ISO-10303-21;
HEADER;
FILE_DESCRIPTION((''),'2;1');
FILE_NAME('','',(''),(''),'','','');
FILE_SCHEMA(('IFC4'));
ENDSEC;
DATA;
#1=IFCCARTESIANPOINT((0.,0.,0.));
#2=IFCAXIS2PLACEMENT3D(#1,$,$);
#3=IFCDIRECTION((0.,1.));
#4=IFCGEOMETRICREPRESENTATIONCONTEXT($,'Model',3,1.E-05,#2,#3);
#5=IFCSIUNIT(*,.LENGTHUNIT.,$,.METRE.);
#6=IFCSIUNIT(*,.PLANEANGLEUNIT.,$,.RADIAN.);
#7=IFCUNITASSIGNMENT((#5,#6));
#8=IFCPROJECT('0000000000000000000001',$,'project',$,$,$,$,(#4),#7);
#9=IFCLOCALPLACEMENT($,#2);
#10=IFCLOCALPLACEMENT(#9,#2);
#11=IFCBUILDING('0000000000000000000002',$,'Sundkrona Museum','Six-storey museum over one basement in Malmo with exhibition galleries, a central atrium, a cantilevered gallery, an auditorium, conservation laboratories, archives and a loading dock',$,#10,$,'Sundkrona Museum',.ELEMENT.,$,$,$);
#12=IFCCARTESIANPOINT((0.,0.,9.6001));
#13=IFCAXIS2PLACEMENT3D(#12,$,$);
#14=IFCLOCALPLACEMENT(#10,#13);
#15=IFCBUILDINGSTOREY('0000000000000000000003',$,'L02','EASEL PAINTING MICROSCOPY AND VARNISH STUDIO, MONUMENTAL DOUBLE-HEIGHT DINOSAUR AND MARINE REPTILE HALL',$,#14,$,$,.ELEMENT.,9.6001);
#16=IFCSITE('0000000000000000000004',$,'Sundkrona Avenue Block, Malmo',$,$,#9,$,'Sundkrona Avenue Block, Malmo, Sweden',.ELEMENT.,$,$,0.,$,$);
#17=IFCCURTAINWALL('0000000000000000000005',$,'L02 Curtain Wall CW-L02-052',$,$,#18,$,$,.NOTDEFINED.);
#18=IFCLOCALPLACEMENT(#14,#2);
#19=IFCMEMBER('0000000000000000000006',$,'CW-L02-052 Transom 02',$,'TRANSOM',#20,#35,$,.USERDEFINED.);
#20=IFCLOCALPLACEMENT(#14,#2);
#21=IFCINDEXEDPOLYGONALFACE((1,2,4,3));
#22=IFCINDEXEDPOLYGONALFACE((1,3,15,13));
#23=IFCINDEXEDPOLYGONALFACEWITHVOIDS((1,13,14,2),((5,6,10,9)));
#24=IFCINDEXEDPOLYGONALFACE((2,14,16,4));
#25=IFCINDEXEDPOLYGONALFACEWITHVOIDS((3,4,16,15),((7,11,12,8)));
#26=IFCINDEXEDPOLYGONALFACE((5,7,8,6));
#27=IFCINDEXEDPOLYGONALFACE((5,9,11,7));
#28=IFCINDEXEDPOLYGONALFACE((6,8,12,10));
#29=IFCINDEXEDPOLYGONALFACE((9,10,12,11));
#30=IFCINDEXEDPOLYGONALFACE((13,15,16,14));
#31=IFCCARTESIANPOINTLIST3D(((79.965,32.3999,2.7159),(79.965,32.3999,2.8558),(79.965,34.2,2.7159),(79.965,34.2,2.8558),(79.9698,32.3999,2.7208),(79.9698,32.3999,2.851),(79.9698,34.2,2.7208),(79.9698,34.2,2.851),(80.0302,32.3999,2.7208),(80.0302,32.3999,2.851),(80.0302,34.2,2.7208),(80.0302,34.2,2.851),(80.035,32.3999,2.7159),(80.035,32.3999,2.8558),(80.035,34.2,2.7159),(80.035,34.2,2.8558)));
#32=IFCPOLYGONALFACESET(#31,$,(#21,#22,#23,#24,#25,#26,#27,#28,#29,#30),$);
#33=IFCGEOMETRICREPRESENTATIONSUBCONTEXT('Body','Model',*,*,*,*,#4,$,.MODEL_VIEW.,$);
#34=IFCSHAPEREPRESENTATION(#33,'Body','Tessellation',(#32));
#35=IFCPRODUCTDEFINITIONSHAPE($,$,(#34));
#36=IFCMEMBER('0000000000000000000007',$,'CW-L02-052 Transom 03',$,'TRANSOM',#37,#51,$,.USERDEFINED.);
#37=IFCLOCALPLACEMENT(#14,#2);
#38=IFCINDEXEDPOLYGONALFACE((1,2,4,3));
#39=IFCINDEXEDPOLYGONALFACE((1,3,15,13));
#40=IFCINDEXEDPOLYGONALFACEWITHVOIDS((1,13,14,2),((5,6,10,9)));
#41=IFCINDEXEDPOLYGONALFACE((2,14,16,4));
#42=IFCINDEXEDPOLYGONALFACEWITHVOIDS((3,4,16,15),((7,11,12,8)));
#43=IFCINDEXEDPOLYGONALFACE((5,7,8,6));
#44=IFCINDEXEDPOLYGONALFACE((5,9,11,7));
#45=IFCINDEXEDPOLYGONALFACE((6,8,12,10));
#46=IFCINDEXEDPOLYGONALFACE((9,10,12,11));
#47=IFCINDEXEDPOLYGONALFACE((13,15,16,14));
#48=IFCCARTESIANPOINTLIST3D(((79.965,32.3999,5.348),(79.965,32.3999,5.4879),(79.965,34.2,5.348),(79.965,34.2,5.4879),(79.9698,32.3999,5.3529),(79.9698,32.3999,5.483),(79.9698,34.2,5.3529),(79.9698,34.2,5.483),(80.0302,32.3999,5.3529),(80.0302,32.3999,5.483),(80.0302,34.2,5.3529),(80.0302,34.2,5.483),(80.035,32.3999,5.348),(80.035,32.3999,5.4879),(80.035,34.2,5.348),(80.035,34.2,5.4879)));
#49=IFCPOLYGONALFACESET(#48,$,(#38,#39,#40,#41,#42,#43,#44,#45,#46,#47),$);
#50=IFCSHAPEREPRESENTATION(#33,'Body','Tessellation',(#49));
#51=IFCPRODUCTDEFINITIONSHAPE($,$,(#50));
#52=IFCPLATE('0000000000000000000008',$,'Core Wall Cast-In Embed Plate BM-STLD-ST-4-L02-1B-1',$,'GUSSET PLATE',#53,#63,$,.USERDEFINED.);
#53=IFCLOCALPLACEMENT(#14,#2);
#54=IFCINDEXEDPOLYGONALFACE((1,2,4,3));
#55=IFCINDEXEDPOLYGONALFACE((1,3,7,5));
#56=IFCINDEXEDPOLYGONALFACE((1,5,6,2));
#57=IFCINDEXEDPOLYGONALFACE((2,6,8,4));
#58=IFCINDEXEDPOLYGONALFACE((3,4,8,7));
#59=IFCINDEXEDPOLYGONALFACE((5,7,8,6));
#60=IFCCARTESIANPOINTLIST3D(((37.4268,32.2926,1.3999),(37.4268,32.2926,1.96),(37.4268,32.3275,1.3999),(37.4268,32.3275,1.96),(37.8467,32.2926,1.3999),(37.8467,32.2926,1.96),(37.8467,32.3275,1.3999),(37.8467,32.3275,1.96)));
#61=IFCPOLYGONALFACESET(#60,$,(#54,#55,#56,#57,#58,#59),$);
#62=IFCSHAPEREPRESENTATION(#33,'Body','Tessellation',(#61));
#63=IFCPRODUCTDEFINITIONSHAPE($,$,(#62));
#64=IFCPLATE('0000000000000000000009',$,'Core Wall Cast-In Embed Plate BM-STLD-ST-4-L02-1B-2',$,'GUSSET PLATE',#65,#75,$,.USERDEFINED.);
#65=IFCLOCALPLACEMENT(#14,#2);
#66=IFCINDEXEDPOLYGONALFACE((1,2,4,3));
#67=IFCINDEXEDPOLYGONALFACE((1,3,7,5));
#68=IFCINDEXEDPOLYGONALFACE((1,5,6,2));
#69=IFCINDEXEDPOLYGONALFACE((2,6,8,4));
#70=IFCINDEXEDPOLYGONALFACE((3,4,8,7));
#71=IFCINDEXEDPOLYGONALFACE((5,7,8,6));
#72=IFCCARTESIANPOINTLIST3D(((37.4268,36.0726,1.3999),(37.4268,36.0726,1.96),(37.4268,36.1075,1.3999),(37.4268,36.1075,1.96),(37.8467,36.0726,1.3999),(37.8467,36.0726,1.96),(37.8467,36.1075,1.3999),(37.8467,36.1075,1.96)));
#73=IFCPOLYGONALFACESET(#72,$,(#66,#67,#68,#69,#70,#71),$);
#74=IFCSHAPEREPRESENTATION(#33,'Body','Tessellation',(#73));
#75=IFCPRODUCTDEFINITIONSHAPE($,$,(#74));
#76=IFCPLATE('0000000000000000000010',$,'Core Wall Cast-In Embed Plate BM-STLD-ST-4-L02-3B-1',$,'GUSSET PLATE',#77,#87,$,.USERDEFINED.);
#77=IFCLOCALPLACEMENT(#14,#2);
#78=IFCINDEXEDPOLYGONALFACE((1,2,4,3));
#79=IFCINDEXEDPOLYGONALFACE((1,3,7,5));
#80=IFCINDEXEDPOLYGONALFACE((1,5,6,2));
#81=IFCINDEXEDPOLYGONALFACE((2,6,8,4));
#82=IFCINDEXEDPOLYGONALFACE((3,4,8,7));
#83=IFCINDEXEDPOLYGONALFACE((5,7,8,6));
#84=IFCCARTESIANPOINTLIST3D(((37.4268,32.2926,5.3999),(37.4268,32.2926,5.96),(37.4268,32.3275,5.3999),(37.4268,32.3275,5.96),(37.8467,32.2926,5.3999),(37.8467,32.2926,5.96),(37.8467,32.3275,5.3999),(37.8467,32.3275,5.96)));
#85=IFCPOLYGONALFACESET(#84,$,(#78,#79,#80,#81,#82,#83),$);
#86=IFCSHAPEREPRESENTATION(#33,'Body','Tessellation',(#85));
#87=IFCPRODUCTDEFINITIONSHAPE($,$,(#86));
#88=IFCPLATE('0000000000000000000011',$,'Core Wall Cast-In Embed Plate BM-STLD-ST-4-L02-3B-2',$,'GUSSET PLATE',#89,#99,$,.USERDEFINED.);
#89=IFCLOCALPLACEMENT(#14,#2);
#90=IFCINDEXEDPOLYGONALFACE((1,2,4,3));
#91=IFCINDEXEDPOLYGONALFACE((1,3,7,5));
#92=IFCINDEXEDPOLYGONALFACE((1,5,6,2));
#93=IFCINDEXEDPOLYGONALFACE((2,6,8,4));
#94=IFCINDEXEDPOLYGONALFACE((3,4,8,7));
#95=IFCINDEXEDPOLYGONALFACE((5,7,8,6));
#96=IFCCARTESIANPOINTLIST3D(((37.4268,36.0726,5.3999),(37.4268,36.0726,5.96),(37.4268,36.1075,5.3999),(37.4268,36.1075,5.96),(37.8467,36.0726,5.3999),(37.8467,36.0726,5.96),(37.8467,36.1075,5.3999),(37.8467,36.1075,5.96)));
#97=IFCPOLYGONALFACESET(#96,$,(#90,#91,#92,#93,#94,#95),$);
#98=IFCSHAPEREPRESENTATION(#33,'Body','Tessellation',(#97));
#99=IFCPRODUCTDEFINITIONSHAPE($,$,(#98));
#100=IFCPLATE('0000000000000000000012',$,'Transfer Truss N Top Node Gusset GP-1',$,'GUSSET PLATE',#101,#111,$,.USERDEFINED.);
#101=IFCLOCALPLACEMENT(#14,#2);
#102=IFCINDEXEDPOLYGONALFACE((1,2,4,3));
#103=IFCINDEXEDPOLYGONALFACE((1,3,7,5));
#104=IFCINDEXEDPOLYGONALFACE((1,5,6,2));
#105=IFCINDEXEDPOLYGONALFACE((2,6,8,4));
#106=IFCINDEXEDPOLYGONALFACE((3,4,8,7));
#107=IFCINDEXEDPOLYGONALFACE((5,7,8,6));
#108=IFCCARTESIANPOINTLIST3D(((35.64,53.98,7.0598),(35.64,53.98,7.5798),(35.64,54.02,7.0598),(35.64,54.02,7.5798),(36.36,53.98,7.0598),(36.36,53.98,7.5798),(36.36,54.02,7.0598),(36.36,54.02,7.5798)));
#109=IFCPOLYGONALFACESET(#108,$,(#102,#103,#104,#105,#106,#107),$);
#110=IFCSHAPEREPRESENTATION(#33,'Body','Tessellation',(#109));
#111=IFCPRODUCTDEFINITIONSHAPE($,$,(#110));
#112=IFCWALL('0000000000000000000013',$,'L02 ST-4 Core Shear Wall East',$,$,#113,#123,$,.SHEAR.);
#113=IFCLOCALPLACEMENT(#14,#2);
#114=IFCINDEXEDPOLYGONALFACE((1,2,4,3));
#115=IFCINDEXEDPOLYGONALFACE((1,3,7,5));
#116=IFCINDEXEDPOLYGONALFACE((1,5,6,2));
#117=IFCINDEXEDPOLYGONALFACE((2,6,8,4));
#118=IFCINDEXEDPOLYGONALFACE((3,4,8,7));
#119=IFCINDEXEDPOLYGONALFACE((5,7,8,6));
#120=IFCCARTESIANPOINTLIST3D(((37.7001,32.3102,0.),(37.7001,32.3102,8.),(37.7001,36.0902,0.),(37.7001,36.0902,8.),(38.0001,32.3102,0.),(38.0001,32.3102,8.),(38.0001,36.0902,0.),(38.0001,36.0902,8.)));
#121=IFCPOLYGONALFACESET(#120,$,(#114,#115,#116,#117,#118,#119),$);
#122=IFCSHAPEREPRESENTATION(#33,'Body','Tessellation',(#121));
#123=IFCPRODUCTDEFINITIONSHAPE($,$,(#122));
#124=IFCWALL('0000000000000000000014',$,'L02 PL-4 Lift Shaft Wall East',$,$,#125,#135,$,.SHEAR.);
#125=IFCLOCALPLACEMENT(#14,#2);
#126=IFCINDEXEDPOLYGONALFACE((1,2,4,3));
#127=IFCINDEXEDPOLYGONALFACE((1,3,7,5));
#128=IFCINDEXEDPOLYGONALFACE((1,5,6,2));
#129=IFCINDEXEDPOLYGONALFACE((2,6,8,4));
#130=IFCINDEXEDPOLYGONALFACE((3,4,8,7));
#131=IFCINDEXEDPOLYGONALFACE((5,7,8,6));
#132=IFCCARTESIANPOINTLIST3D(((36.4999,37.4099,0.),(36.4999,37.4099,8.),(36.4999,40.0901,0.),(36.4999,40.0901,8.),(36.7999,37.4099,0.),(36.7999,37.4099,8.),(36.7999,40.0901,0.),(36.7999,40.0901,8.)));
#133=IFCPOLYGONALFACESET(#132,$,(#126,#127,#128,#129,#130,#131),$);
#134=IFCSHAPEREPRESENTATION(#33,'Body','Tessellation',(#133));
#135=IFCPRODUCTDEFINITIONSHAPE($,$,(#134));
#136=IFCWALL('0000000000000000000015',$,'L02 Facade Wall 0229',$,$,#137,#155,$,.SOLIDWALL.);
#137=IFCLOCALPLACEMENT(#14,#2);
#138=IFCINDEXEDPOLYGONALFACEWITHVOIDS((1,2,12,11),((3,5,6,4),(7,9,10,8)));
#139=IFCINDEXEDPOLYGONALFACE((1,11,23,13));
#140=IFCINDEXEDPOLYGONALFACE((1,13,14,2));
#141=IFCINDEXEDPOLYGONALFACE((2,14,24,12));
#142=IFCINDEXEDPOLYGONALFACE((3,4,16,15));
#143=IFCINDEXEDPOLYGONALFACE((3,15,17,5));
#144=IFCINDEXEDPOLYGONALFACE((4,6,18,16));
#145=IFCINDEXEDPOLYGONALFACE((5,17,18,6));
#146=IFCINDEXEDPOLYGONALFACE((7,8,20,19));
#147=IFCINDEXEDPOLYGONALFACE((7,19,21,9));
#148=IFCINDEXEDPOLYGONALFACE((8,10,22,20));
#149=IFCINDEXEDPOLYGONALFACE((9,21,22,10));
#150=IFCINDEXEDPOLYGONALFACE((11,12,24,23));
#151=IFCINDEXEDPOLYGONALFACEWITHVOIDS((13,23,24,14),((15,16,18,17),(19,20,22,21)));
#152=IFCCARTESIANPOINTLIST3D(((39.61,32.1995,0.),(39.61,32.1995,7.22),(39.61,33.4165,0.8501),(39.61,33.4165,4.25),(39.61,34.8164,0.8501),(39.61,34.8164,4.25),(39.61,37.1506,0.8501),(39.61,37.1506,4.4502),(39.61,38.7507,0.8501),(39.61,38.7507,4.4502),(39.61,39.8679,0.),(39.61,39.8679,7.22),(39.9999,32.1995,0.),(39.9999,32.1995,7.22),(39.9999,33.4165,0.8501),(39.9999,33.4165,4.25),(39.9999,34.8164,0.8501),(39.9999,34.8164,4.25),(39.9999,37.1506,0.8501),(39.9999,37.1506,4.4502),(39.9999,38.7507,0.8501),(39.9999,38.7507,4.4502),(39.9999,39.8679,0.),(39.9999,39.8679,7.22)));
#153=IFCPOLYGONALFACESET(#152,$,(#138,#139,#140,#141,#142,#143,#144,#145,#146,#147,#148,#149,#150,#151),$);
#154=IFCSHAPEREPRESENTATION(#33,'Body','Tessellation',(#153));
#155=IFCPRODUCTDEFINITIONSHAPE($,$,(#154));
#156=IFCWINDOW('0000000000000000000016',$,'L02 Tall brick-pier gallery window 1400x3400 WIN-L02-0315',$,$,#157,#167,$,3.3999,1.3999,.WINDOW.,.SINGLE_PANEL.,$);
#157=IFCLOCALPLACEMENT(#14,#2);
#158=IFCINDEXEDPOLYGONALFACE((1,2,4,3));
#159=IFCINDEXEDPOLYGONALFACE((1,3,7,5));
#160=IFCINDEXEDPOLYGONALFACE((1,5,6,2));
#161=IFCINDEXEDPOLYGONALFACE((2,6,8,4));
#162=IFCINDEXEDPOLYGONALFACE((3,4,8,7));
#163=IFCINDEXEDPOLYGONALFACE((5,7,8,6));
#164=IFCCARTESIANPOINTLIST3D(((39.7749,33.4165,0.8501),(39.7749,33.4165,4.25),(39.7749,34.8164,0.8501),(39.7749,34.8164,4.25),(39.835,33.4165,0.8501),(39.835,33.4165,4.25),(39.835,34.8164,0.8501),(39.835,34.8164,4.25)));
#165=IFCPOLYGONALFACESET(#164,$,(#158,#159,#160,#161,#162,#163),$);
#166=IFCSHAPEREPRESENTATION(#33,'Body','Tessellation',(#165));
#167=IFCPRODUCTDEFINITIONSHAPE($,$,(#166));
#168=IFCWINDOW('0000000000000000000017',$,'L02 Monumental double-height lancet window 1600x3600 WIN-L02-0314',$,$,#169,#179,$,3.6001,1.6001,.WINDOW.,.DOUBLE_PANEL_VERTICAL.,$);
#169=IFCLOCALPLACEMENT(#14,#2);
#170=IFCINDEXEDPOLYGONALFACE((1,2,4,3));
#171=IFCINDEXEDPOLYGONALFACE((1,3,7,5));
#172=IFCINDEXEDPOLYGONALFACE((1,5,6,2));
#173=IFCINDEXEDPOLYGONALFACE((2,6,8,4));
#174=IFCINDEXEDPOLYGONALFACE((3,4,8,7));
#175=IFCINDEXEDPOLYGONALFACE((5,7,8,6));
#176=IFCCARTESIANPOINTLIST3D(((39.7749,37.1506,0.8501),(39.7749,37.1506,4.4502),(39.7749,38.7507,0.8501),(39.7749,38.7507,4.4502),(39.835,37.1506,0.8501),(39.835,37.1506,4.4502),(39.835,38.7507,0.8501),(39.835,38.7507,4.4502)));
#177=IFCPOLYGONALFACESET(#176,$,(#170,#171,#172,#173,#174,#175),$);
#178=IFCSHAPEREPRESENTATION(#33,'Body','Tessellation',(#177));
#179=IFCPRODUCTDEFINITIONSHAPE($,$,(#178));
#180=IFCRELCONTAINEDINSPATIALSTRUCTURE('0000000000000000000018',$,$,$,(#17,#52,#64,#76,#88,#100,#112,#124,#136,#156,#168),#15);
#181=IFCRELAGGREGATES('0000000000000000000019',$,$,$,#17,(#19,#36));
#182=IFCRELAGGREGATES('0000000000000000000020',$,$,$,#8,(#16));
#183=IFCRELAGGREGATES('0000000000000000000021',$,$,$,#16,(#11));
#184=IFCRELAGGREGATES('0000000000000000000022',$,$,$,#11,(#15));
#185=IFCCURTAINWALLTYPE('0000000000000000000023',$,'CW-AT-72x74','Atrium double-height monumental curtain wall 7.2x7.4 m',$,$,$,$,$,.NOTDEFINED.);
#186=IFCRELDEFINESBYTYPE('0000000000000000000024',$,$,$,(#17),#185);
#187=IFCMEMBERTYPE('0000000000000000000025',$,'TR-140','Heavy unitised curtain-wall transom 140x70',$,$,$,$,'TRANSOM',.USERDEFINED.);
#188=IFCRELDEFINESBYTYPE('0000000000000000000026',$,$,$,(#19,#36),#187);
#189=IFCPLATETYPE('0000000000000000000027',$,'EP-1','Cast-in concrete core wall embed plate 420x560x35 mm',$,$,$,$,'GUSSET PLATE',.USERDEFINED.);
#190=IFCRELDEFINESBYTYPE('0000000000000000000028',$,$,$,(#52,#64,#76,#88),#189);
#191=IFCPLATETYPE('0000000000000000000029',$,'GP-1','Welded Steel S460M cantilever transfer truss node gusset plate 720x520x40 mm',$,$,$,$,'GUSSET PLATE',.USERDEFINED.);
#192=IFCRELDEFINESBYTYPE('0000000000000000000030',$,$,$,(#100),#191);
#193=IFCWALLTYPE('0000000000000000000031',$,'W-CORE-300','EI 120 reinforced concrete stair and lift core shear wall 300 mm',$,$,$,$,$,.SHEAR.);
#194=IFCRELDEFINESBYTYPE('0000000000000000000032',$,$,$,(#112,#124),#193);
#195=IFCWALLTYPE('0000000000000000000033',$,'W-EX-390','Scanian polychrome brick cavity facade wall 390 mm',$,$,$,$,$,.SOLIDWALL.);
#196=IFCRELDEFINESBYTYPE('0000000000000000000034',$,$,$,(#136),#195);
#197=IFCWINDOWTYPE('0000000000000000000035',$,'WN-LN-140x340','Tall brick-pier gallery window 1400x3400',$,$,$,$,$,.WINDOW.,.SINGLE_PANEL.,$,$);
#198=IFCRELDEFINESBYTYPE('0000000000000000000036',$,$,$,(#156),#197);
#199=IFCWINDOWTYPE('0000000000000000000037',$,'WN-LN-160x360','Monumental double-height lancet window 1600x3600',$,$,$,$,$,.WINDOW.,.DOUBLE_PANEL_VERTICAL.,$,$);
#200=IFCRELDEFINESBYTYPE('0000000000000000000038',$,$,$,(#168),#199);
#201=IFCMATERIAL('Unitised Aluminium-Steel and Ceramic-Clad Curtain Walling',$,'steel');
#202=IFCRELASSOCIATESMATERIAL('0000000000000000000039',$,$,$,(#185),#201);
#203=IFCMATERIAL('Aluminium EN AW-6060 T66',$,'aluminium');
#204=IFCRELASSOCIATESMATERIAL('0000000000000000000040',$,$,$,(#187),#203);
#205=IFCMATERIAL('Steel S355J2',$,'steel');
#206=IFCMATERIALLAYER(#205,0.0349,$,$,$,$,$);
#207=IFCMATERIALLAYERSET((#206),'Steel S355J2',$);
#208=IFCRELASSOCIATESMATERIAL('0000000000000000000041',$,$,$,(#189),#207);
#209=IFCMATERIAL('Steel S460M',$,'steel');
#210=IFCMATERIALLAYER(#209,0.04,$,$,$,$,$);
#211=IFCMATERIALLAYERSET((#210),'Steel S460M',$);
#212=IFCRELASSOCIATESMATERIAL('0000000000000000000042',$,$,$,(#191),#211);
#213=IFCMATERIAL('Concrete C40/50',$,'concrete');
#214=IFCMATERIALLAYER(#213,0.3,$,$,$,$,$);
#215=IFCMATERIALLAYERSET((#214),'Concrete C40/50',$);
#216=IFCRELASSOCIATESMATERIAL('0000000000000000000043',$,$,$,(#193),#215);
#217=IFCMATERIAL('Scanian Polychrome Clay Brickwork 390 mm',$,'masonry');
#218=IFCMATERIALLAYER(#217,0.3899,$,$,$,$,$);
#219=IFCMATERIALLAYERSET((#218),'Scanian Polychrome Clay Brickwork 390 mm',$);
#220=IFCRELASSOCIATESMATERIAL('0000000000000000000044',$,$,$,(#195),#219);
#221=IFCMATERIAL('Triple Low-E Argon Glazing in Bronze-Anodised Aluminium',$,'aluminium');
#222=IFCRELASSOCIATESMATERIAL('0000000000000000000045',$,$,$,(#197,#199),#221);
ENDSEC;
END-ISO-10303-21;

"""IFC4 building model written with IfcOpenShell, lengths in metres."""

from ifc_helpers import new_model, si_unit, direction, frame, frame_2d, origin, origin_2d, place, context, subcontext, project, spatial, rectangle, hollow_rectangle, extrude, material, layer, layer_set, material_profile, profile_set, type_object, element, fill, aggregate, save


model = new_model("IFC4")

# Units and contexts
model_context = context("Model", 3, precision=1e-05, world=origin(), true_north=direction((0.0, 1.0)))
body_context = subcontext(model_context, "Body", "Model", "MODEL_VIEW")
ifc_project = project(units=[si_unit("LENGTHUNIT", "METRE"), si_unit("PLANEANGLEUNIT", "RADIAN")], contexts=[model_context])

# Site, building, storey
site_placement = place(None, origin())
site = spatial("IfcSite", under=ifc_project, at=site_placement, Name="Sundkrona Avenue Block, Malmo", LongName="Sundkrona Avenue Block, Malmo, Sweden", CompositionType="ELEMENT", RefElevation=0.0)
building_placement = place(site_placement, origin())
building = spatial("IfcBuilding", under=site, at=building_placement, Name="Sundkrona Museum", Description="Six-storey museum over one basement in Malmo with exhibition galleries, a central atrium, a cantilevered gallery, an auditorium, conservation laboratories, archives and a loading dock", LongName="Sundkrona Museum", CompositionType="ELEMENT")
storey_placement = place(building_placement, frame((0.0, 0.0, 9.6001)))
storey = spatial("IfcBuildingStorey", under=building, at=storey_placement, Name="L02", Description="EASEL PAINTING MICROSCOPY AND VARNISH STUDIO, MONUMENTAL DOUBLE-HEIGHT DINOSAUR AND MARINE REPTILE HALL", CompositionType="ELEMENT", Elevation=9.6001)

# Shared definitions
ifc_material_1 = material(Name="Steel S355J2", Category="steel")
ifc_material_2 = material(Name="Steel S460M", Category="steel")

# Curtain wall
ifc_material_3 = material(Name="Unitised Aluminium-Steel and Ceramic-Clad Curtain Walling", Category="steel")
curtain_wall_type = type_object("IfcCurtainWallType", Name="CW-AT-72x74", Description="Atrium double-height monumental curtain wall 7.2x7.4 m", PredefinedType="NOTDEFINED", material=ifc_material_3)
curtain_wall_placement = place(storey_placement, origin())
curtain_wall = element("IfcCurtainWall", 1, at=curtain_wall_placement, inside=storey, type_object=curtain_wall_type, Name="L02 Curtain Wall CW-L02-052", PredefinedType="NOTDEFINED")
ifc_material_4 = material(Name="Aluminium EN AW-6060 T66", Category="aluminium")

# Members
ifc_material_profile_1 = material_profile(ifc_material_4, hollow_rectangle(XDim=0.0701, YDim=0.1399, WallThickness=0.0049, at=origin_2d()), Name="RHS 140x70x5.0")
ifc_profile_set_1 = profile_set([ifc_material_profile_1], Name="Aluminium EN AW-6060 T66")
member_type_1 = type_object("IfcMemberType", Name="TR-140", Description="Heavy unitised curtain-wall transom 140x70", ElementType="TRANSOM", PredefinedType="USERDEFINED", material=ifc_profile_set_1)
member_1_placement = place(storey_placement, frame((80.0, 32.3999, 2.7859), z_axis=(0.0, 1.0, 0.0), x_axis=(-1.0, 0.0, 0.0)))
member_1 = element("IfcMember", 2, at=member_1_placement, type_object=member_type_1, Name="CW-L02-052 Transom 02", ObjectType="TRANSOM", PredefinedType="USERDEFINED", context=body_context, shape_type="SweptSolid", body=[
    extrude(hollow_rectangle(XDim=0.0701, YDim=0.1399, WallThickness=0.0049, at=origin_2d()), origin(), (0.0, 0.0, 1.0), 1.8),
])
member_2_placement = place(storey_placement, frame((80.0, 32.3999, 5.418), z_axis=(0.0, 1.0, 0.0), x_axis=(-1.0, 0.0, 0.0)))
member_2 = element("IfcMember", 3, at=member_2_placement, type_object=member_type_1, Name="CW-L02-052 Transom 03", ObjectType="TRANSOM", PredefinedType="USERDEFINED", context=body_context, shape_type="SweptSolid", body=[
    extrude(hollow_rectangle(XDim=0.0701, YDim=0.1399, WallThickness=0.0049, at=origin_2d()), origin(), (0.0, 0.0, 1.0), 1.8),
])
aggregate(curtain_wall, [member_1, member_2])

# Plates
ifc_layer_1 = layer(ifc_material_1, 0.0349)
ifc_layer_set_1 = layer_set([ifc_layer_1], Name="Steel S355J2")
plate_type_1 = type_object("IfcPlateType", Name="EP-1", Description="Cast-in concrete core wall embed plate 420x560x35 mm", ElementType="GUSSET PLATE", PredefinedType="USERDEFINED", material=ifc_layer_set_1)
for number, where, z_axis, x_axis, name in (
    (4, (37.6367, 32.3101, 1.3999), (0.0, 0.0, 1.0), (1.0, 0.0, 0.0), "Core Wall Cast-In Embed Plate BM-STLD-ST-4-L02-1B-1"),
    (5, (37.6367, 36.0901, 1.3999), (0.0, 0.0, 1.0), (1.0, 0.0, 0.0), "Core Wall Cast-In Embed Plate BM-STLD-ST-4-L02-1B-2"),
    (6, (37.6367, 32.3101, 5.3999), (0.0, 0.0, 1.0), (1.0, 0.0, 0.0), "Core Wall Cast-In Embed Plate BM-STLD-ST-4-L02-3B-1"),
    (7, (37.6367, 36.0901, 5.3999), (0.0, 0.0, 1.0), (1.0, 0.0, 0.0), "Core Wall Cast-In Embed Plate BM-STLD-ST-4-L02-3B-2"),
):
    element("IfcPlate", number, at=place(storey_placement, frame(where, z_axis=z_axis, x_axis=x_axis)), inside=storey, type_object=plate_type_1, Name=name, ObjectType="GUSSET PLATE", PredefinedType="USERDEFINED", context=body_context, shape_type="SweptSolid", body=[
        extrude(rectangle(XDim=0.4199, YDim=0.0349, at=origin_2d()), origin(), (0.0, 0.0, 1.0), 0.5601),
    ])
ifc_layer_2 = layer(ifc_material_2, 0.04)
ifc_layer_set_2 = layer_set([ifc_layer_2], Name="Steel S460M")
plate_type_2 = type_object("IfcPlateType", Name="GP-1", Description="Welded Steel S460M cantilever transfer truss node gusset plate 720x520x40 mm", ElementType="GUSSET PLATE", PredefinedType="USERDEFINED", material=ifc_layer_set_2)
plate_placement = place(storey_placement, frame((36.0, 54.0, 7.0598), z_axis=(0.0, 0.0, 1.0), x_axis=(1.0, 0.0, 0.0)))
element("IfcPlate", 8, at=plate_placement, inside=storey, type_object=plate_type_2, Name="Transfer Truss N Top Node Gusset GP-1", ObjectType="GUSSET PLATE", PredefinedType="USERDEFINED", context=body_context, shape_type="SweptSolid", body=[
    extrude(rectangle(XDim=0.72, YDim=0.04, at=origin_2d()), origin(), (0.0, 0.0, 1.0), 0.52),
])

# Walls
ifc_material_5 = material(Name="Concrete C40/50", Category="concrete")
ifc_layer_3 = layer(ifc_material_5, 0.3)
ifc_layer_set_3 = layer_set([ifc_layer_3], Name="Concrete C40/50")
wall_type_1 = type_object("IfcWallType", Name="W-CORE-300", Description="EI 120 reinforced concrete stair and lift core shear wall 300 mm", PredefinedType="SHEAR", material=ifc_layer_set_3)
wall_1_placement = place(storey_placement, frame((37.8501, 32.3101, 0.0), z_axis=(0.0, 0.0, 1.0), x_axis=(0.0, 1.0, 0.0)))
element("IfcWall", 9, at=wall_1_placement, inside=storey, type_object=wall_type_1, Name="L02 ST-4 Core Shear Wall East", PredefinedType="SHEAR", context=body_context, shape_type="SweptSolid", body=[
    extrude(rectangle(XDim=3.78, YDim=0.3, at=frame_2d((1.8901, 0.0))), origin(), (0.0, 0.0, 1.0), 8.0),
])
wall_2_placement = place(storey_placement, frame((36.6499, 37.4099, 0.0), z_axis=(0.0, 0.0, 1.0), x_axis=(0.0, 1.0, 0.0)))
element("IfcWall", 10, at=wall_2_placement, inside=storey, type_object=wall_type_1, Name="L02 PL-4 Lift Shaft Wall East", PredefinedType="SHEAR", context=body_context, shape_type="SweptSolid", body=[
    extrude(rectangle(XDim=2.6802, YDim=0.3, at=frame_2d((1.3401, 0.0))), origin(), (0.0, 0.0, 1.0), 8.0),
])

# Wall, openings, windows
ifc_material_6 = material(Name="Scanian Polychrome Clay Brickwork 390 mm", Category="masonry")
ifc_layer_4 = layer(ifc_material_6, 0.3899)
ifc_layer_set_4 = layer_set([ifc_layer_4], Name="Scanian Polychrome Clay Brickwork 390 mm")
wall_type_2 = type_object("IfcWallType", Name="W-EX-390", Description="Scanian polychrome brick cavity facade wall 390 mm", PredefinedType="SOLIDWALL", material=ifc_layer_set_4)
wall_3_placement = place(storey_placement, frame((39.8049, 39.8679, 0.0), z_axis=(0.0, 0.0, 1.0), x_axis=(0.0, -1.0, 0.0)))
wall_3 = element("IfcWall", 11, at=wall_3_placement, inside=storey, type_object=wall_type_2, Name="L02 Facade Wall 0229", PredefinedType="SOLIDWALL", context=body_context, shape_type="SweptSolid", body=[
    extrude(rectangle(XDim=7.6685, YDim=0.3899, at=frame_2d((3.8342, 0.0))), origin(), (0.0, 0.0, 1.0), 7.22),
])
opening_1_placement = place(wall_3_placement, frame((1.1172, 0.0, 0.8501)))
opening_1 = element("IfcOpeningElement", 12, at=opening_1_placement, cuts=wall_3, PredefinedType="OPENING", context=body_context, shape_type="SweptSolid", body=[
    extrude(rectangle(XDim=1.6001, YDim=3.6001, at=frame_2d((0.8, 1.8))), frame((0.0, 0.2048, 0.0), z_axis=(0.0, -1.0, 0.0), x_axis=(1.0, 0.0, 0.0)), (0.0, 0.0, 1.0), 0.4099),
])
opening_2_placement = place(wall_3_placement, frame((5.0515, 0.0, 0.8501)))
opening_2 = element("IfcOpeningElement", 13, at=opening_2_placement, cuts=wall_3, PredefinedType="OPENING", context=body_context, shape_type="SweptSolid", body=[
    extrude(rectangle(XDim=1.3999, YDim=3.3999, at=frame_2d((0.7, 1.7))), frame((0.0, 0.2048, 0.0), z_axis=(0.0, -1.0, 0.0), x_axis=(1.0, 0.0, 0.0)), (0.0, 0.0, 1.0), 0.4099),
])
ifc_material_7 = material(Name="Triple Low-E Argon Glazing in Bronze-Anodised Aluminium", Category="aluminium")
window_type_1 = type_object("IfcWindowType", Name="WN-LN-140x340", Description="Tall brick-pier gallery window 1400x3400", PartitioningType="SINGLE_PANEL", PredefinedType="WINDOW", material=ifc_material_7)
window_1_placement = place(opening_2_placement, origin())
window_1 = element("IfcWindow", 14, at=window_1_placement, inside=storey, type_object=window_type_1, Name="L02 Tall brick-pier gallery window 1400x3400 WIN-L02-0315", OverallHeight=3.3999, OverallWidth=1.3999, PartitioningType="SINGLE_PANEL", PredefinedType="WINDOW", context=body_context, shape_type="SweptSolid", body=[
    extrude(rectangle(XDim=1.3999, YDim=3.3999, at=frame_2d((0.7, 1.7))), frame((0.0, 0.03, 0.0), z_axis=(0.0, -1.0, 0.0), x_axis=(1.0, 0.0, 0.0)), (0.0, 0.0, 1.0), 0.0601),
])
fill(opening_2, window_1)
window_type_2 = type_object("IfcWindowType", Name="WN-LN-160x360", Description="Monumental double-height lancet window 1600x3600", PartitioningType="DOUBLE_PANEL_VERTICAL", PredefinedType="WINDOW", material=ifc_material_7)
window_2_placement = place(opening_1_placement, origin())
window_2 = element("IfcWindow", 15, at=window_2_placement, inside=storey, type_object=window_type_2, Name="L02 Monumental double-height lancet window 1600x3600 WIN-L02-0314", OverallHeight=3.6001, OverallWidth=1.6001, PartitioningType="DOUBLE_PANEL_VERTICAL", PredefinedType="WINDOW", context=body_context, shape_type="SweptSolid", body=[
    extrude(rectangle(XDim=1.6001, YDim=3.6001, at=frame_2d((0.8, 1.8))), frame((0.0, 0.03, 0.0), z_axis=(0.0, -1.0, 0.0), x_axis=(1.0, 0.0, 0.0)), (0.0, 0.0, 1.0), 0.0601),
])
fill(opening_1, window_2)

save(model, "model.ifc")
